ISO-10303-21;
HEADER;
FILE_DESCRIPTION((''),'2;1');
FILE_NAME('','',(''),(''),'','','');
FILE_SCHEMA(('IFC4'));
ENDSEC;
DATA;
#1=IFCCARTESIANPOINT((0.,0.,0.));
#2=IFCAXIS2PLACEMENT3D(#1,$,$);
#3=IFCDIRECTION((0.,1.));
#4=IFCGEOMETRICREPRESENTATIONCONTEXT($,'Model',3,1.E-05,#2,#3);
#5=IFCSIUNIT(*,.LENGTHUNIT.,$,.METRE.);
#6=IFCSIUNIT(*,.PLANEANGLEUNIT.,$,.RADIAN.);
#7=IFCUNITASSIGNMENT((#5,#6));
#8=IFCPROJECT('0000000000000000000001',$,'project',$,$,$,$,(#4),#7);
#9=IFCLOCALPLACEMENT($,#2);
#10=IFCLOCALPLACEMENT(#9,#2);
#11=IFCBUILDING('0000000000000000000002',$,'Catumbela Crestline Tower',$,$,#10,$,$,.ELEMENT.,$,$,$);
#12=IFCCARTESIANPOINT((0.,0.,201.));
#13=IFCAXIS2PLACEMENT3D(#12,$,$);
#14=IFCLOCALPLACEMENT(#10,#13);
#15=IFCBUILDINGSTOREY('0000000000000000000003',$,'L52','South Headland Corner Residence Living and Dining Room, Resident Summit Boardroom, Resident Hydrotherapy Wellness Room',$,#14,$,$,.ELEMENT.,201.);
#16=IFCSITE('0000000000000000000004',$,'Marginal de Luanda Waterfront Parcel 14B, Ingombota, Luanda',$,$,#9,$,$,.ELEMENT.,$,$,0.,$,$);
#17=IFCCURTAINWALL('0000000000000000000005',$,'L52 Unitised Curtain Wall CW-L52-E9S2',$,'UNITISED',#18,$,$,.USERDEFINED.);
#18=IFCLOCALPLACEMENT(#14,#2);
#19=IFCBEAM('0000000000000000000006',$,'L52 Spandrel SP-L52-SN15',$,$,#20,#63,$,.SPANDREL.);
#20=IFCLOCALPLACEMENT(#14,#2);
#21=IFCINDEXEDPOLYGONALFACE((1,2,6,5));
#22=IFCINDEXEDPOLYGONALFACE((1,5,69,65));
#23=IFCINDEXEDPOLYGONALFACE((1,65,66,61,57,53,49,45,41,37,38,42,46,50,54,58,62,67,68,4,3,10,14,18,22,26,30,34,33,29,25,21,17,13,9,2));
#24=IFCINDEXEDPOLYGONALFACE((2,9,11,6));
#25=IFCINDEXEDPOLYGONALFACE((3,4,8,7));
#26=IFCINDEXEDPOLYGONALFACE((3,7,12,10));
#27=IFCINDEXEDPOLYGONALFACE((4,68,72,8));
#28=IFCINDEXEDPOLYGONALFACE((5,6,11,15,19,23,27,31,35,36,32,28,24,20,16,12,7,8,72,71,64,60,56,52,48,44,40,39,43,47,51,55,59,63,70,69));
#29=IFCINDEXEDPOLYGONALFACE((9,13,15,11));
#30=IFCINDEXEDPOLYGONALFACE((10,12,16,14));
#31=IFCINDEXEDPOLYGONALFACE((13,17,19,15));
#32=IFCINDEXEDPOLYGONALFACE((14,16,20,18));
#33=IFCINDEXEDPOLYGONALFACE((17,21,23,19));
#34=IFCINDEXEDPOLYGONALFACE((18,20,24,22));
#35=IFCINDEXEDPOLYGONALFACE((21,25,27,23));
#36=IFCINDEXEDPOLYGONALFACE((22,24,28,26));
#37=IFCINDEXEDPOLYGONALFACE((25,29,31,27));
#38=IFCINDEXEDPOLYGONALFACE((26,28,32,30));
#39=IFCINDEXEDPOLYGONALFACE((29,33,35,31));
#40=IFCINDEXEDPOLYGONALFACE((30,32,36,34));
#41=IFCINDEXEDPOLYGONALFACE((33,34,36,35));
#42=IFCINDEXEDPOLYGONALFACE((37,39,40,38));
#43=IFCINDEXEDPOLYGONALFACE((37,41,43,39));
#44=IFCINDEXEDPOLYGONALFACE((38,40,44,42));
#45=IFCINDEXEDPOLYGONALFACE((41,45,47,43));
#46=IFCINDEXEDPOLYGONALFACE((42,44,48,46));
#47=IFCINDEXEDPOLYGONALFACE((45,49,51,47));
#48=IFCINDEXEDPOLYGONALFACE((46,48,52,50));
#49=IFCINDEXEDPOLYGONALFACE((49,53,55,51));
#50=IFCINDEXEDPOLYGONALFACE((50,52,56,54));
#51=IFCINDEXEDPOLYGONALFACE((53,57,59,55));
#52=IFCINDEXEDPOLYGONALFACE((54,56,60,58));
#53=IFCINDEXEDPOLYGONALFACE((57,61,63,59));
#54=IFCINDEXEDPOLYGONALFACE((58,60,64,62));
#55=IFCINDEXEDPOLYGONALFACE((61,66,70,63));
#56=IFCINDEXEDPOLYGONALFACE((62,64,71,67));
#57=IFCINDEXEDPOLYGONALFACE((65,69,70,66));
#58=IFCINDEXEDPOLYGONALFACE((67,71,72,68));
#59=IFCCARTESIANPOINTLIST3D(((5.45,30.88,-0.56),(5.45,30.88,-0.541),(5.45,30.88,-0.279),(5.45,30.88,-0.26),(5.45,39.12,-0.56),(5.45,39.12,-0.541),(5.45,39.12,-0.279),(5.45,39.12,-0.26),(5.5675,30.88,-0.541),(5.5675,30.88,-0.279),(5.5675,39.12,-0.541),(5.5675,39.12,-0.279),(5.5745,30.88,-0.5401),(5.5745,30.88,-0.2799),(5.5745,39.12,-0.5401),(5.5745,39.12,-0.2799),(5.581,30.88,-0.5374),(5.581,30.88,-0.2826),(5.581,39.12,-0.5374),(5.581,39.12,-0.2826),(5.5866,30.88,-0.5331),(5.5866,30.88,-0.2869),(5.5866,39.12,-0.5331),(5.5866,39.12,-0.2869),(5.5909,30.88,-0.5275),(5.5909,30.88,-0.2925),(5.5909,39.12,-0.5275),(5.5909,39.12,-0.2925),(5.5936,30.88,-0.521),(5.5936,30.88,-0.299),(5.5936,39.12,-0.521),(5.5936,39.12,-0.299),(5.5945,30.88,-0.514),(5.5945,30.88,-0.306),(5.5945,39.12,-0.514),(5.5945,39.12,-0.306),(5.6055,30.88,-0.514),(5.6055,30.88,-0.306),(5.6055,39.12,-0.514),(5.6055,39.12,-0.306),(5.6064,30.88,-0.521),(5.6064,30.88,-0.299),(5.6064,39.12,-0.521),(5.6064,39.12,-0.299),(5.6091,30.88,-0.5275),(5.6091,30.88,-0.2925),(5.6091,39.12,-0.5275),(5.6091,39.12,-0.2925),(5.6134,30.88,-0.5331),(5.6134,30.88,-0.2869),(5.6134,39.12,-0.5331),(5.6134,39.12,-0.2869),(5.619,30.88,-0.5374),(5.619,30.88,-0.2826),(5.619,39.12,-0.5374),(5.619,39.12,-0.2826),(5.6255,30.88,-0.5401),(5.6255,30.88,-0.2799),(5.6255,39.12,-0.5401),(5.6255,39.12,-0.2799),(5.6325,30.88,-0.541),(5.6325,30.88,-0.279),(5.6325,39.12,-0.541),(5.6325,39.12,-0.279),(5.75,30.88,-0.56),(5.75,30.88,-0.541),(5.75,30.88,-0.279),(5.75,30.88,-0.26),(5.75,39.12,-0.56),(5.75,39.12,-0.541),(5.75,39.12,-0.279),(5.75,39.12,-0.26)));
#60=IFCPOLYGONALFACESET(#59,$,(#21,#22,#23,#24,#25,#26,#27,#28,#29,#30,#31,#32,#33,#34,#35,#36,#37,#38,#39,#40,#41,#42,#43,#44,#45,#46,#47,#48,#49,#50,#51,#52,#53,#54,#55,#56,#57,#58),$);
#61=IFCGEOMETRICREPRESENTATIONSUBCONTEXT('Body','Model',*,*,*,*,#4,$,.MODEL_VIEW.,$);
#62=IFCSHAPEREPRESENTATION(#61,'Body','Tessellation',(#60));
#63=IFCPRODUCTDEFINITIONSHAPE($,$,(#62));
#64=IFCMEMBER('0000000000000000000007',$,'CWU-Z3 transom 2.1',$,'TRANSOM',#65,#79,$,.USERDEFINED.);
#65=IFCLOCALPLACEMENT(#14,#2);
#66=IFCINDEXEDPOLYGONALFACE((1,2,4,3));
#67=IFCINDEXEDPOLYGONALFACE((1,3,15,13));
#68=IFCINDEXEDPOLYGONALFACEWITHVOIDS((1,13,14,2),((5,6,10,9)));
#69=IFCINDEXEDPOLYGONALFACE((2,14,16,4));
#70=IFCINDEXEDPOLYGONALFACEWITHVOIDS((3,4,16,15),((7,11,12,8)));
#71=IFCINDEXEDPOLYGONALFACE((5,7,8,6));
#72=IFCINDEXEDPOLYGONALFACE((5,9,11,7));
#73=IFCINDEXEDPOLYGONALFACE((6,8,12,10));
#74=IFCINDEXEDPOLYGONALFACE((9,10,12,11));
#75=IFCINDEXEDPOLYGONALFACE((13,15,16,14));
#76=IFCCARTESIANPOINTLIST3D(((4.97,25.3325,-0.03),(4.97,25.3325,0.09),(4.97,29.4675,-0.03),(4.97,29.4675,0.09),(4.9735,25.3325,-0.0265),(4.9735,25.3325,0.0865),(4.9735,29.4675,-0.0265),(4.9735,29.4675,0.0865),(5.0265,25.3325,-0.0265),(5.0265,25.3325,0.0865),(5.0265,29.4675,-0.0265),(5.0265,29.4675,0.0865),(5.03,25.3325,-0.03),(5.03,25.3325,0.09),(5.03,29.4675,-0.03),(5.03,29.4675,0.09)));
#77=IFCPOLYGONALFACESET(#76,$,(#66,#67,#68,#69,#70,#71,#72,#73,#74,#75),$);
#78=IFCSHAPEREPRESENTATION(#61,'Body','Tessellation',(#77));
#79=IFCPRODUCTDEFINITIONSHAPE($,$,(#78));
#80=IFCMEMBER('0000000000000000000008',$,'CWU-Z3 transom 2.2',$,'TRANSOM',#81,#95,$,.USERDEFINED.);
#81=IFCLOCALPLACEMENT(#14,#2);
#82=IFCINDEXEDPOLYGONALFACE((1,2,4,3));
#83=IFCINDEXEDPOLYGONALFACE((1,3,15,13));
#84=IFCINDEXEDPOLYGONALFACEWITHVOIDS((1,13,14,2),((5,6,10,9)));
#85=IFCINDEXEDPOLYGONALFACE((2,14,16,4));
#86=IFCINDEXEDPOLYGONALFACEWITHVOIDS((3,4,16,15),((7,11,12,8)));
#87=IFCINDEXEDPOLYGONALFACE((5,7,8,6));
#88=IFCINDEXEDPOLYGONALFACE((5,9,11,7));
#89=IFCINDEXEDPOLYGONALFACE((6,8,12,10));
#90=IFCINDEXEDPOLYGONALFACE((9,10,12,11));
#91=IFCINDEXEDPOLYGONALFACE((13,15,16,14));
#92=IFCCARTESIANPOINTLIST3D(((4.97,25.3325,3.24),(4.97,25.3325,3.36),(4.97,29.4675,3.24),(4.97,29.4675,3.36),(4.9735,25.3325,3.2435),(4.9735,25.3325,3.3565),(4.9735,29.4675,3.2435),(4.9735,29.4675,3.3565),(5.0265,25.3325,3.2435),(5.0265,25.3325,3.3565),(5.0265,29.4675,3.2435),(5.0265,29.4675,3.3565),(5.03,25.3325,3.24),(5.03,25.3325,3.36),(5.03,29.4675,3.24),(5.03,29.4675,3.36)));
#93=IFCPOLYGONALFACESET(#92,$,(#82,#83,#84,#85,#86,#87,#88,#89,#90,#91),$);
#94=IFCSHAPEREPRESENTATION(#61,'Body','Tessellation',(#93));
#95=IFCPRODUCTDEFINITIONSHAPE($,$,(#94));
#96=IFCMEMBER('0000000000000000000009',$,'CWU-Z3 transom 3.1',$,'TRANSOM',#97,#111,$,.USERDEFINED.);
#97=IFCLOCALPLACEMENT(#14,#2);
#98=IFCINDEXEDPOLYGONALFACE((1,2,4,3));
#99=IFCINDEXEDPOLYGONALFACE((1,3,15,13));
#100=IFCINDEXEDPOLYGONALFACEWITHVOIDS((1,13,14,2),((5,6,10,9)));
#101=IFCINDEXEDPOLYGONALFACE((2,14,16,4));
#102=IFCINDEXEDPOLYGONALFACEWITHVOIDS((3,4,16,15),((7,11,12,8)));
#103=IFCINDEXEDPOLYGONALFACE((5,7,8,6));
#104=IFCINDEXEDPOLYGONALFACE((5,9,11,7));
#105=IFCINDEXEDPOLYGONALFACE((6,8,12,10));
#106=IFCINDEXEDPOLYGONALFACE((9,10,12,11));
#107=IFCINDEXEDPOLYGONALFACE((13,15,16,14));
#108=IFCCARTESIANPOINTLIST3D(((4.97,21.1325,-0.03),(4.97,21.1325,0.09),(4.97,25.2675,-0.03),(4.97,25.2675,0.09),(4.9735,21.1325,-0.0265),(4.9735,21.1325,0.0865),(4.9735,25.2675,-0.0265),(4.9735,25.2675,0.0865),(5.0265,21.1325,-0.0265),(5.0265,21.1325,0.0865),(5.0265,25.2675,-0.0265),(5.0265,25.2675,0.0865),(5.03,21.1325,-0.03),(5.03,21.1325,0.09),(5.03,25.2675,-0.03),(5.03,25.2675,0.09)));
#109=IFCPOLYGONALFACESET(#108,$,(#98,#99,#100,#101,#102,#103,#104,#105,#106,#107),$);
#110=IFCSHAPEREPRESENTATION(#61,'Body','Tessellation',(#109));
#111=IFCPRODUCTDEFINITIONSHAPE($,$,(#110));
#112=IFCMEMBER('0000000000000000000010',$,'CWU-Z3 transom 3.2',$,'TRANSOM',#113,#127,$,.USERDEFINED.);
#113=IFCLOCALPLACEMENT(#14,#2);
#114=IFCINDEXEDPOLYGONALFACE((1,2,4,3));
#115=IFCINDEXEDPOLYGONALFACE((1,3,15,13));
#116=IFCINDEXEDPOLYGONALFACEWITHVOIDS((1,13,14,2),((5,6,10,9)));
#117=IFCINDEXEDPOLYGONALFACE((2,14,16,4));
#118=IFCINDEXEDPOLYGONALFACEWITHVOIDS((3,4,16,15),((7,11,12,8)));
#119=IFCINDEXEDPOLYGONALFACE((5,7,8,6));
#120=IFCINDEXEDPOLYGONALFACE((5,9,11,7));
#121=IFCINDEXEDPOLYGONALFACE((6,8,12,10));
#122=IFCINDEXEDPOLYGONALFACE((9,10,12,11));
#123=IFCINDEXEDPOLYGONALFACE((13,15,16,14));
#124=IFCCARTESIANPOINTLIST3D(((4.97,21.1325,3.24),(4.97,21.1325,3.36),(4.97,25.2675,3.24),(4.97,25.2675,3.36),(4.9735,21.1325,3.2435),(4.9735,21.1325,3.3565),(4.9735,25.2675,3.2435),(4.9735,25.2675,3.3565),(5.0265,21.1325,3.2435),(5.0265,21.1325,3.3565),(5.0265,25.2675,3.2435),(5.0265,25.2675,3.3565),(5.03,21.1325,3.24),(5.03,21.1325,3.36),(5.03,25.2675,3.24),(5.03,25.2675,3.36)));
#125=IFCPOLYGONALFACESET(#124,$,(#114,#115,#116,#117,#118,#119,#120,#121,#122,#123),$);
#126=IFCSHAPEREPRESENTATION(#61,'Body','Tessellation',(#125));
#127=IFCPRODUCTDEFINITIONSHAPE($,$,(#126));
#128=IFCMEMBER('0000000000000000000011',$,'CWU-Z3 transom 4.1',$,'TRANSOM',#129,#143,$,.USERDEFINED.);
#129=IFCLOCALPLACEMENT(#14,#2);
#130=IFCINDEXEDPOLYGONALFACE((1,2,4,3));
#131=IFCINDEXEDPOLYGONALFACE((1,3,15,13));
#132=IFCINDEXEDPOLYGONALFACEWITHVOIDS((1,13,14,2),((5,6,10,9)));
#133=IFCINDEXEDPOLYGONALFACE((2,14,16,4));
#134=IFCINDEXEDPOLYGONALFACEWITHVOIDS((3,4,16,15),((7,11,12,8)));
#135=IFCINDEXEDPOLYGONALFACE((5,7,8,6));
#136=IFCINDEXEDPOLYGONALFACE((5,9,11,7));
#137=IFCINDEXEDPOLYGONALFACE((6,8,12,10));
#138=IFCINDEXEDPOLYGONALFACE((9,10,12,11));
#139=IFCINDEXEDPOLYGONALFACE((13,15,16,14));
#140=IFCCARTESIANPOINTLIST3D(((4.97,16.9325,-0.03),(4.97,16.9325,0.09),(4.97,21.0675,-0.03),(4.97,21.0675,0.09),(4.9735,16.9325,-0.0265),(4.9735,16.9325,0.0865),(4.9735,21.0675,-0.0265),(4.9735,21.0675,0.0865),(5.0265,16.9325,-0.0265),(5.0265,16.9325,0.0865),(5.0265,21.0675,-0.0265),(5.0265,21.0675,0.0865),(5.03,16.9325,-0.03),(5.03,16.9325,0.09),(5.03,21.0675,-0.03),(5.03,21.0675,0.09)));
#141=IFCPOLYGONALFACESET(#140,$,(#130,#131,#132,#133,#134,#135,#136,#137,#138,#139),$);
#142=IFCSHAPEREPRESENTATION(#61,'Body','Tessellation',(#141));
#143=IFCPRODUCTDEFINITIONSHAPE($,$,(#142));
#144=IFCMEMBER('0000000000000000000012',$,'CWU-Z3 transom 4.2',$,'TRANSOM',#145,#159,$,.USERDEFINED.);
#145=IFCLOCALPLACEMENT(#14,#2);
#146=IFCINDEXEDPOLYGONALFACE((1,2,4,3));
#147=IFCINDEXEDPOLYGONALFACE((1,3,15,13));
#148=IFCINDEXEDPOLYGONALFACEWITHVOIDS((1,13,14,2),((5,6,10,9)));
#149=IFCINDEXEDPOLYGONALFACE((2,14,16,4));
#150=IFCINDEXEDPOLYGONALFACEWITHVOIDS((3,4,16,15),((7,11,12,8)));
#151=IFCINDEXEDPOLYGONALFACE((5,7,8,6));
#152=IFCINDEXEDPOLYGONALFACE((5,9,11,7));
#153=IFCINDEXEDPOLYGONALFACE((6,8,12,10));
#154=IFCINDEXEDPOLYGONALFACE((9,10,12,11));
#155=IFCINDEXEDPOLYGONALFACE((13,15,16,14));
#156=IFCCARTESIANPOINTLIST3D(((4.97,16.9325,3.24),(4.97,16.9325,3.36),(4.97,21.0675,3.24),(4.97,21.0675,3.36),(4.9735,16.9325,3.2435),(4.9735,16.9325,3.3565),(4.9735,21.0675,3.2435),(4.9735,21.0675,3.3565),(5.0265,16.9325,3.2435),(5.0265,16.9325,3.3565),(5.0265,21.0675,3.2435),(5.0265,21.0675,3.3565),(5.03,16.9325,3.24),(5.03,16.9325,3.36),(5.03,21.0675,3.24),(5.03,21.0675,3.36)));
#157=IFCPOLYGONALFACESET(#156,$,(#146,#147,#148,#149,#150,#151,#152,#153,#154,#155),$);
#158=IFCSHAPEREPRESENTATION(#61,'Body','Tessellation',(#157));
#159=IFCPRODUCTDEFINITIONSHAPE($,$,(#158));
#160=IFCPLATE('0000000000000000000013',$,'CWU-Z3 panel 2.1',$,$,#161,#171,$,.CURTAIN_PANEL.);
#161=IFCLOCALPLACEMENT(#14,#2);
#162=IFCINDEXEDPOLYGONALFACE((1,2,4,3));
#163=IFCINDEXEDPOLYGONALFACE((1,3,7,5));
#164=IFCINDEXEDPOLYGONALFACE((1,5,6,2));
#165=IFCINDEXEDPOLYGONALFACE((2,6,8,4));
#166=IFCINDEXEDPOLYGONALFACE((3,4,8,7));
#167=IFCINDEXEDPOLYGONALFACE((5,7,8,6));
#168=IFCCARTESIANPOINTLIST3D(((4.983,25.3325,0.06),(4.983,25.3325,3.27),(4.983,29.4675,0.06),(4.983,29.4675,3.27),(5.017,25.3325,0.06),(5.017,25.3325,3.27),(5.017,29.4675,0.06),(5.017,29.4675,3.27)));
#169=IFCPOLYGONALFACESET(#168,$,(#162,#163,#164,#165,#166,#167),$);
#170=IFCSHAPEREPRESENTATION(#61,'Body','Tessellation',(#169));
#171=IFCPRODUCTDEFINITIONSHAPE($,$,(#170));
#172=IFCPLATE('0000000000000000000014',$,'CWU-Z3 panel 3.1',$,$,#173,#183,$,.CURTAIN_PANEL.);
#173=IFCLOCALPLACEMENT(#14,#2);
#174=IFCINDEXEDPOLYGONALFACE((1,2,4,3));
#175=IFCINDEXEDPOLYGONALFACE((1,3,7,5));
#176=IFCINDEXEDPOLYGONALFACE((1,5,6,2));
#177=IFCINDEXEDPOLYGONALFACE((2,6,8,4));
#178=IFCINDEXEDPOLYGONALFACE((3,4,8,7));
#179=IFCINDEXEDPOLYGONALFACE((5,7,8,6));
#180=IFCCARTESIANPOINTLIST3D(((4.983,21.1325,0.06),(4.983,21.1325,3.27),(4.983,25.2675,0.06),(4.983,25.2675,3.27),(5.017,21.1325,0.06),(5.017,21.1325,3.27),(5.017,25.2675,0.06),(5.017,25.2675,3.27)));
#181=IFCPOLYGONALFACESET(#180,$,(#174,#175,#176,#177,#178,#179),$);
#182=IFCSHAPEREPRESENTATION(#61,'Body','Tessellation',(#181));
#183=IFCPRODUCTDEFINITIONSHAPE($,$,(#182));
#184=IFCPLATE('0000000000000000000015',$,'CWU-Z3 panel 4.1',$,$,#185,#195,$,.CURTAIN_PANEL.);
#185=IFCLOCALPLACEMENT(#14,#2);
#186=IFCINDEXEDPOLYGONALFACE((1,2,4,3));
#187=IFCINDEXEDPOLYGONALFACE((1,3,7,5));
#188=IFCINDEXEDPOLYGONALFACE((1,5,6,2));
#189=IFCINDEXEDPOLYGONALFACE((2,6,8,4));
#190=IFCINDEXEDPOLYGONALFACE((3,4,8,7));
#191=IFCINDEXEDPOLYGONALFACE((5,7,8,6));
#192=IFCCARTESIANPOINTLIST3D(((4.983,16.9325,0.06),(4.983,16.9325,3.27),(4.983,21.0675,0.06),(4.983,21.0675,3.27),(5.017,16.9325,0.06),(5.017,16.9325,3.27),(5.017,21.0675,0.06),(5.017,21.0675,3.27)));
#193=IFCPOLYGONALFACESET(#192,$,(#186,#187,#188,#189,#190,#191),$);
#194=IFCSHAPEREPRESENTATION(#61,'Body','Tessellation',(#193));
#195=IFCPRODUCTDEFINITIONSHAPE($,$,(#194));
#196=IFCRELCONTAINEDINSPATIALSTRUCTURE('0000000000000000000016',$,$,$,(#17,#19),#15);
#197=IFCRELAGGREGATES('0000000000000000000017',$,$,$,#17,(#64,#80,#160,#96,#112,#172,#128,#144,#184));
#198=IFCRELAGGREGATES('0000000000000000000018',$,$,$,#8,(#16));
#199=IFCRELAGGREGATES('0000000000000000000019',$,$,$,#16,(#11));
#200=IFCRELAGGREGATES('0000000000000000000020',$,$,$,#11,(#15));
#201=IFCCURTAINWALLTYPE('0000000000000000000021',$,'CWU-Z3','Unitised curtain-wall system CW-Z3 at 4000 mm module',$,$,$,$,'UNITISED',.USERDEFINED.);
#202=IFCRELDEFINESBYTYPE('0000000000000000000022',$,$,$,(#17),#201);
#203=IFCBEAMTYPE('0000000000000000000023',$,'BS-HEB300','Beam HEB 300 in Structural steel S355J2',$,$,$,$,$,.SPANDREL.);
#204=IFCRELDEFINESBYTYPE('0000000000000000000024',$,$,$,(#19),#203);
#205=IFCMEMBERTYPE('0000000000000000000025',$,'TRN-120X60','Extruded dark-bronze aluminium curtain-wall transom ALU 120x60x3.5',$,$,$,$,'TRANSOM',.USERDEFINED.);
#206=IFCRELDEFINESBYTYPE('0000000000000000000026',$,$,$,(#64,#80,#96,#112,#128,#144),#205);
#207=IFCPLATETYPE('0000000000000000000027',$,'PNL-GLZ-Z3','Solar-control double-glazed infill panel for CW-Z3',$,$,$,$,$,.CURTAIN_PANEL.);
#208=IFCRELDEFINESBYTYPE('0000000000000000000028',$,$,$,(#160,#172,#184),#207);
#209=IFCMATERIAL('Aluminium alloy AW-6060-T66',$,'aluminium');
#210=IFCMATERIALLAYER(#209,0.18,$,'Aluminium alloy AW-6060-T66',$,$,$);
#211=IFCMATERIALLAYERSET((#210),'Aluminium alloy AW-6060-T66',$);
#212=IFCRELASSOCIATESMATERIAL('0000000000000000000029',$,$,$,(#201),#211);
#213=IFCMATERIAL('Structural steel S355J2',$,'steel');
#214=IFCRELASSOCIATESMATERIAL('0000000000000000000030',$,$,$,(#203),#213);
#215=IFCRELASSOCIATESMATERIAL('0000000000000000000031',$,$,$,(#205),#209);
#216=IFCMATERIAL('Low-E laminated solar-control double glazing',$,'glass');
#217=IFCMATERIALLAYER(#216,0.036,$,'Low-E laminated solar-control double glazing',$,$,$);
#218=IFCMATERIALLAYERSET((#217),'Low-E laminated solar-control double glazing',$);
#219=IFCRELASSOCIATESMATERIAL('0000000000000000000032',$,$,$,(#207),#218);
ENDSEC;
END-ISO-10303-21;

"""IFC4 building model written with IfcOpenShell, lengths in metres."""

from ifc_helpers import new_model, si_unit, direction, frame, origin, origin_2d, place, context, subcontext, project, spatial, rectangle, hollow_rectangle, i_section, extrude, material, layer, layer_set, material_profile, profile_set, type_object, element, aggregate, save


model = new_model("IFC4")

# Units and contexts
model_context = context("Model", 3, precision=1e-05, world=origin(), true_north=direction((0.0, 1.0)))
body_context = subcontext(model_context, "Body", "Model", "MODEL_VIEW")
ifc_project = project(units=[si_unit("LENGTHUNIT", "METRE"), si_unit("PLANEANGLEUNIT", "RADIAN")], contexts=[model_context])

# Site, building, storey
site_placement = place(None, origin())
site = spatial("IfcSite", under=ifc_project, at=site_placement, Name="Marginal de Luanda Waterfront Parcel 14B, Ingombota, Luanda", CompositionType="ELEMENT", RefElevation=0.0)
building_placement = place(site_placement, origin())
building = spatial("IfcBuilding", under=site, at=building_placement, Name="Catumbela Crestline Tower", CompositionType="ELEMENT")
storey_placement = place(building_placement, frame((0.0, 0.0, 201.0)))
storey = spatial("IfcBuildingStorey", under=building, at=storey_placement, Name="L52", Description="South Headland Corner Residence Living and Dining Room, Resident Summit Boardroom, Resident Hydrotherapy Wellness Room", CompositionType="ELEMENT", Elevation=201.0)

# Shared definitions
ifc_material_1 = material(Name="Structural steel S355J2", Category="steel")

# Curtain wall
ifc_material_2 = material(Name="Aluminium alloy AW-6060-T66", Category="aluminium")
ifc_layer_1 = layer(ifc_material_2, 0.18, Name="Aluminium alloy AW-6060-T66")
ifc_layer_set_1 = layer_set([ifc_layer_1], Name="Aluminium alloy AW-6060-T66")
curtain_wall_type = type_object("IfcCurtainWallType", Name="CWU-Z3", Description="Unitised curtain-wall system CW-Z3 at 4000 mm module", ElementType="UNITISED", PredefinedType="USERDEFINED", material=ifc_layer_set_1)
curtain_wall_placement = place(storey_placement, origin())
curtain_wall = element("IfcCurtainWall", 1, at=curtain_wall_placement, inside=storey, type_object=curtain_wall_type, Name="L52 Unitised Curtain Wall CW-L52-E9S2", ObjectType="UNITISED", PredefinedType="USERDEFINED")

# Beam
ifc_material_profile_1 = material_profile(ifc_material_1, i_section(OverallWidth=0.3, OverallDepth=0.3, WebThickness=0.011, FlangeThickness=0.019, FilletRadius=0.027, at=origin_2d()), Name="HEB 300")
ifc_profile_set_1 = profile_set([ifc_material_profile_1], Name="Structural steel S355J2")
beam_type = type_object("IfcBeamType", Name="BS-HEB300", Description="Beam HEB 300 in Structural steel S355J2", PredefinedType="SPANDREL", material=ifc_profile_set_1)
beam_1_placement = place(storey_placement, frame((5.6, 30.88, -0.41), z_axis=(0.0, 1.0, 0.0), x_axis=(-1.0, 0.0, 0.0)))
element("IfcBeam", 2, at=beam_1_placement, inside=storey, type_object=beam_type, Name="L52 Spandrel SP-L52-SN15", PredefinedType="SPANDREL", context=body_context, shape_type="SweptSolid", body=[
    extrude(i_section(OverallWidth=0.3, OverallDepth=0.3, WebThickness=0.011, FlangeThickness=0.019, FilletRadius=0.027, at=origin_2d()), origin(), (0.0, 0.0, 1.0), 8.24),
])

# Members
ifc_material_profile_2 = material_profile(ifc_material_2, hollow_rectangle(XDim=0.06, YDim=0.12, WallThickness=0.0035, at=origin_2d()), Name="ALU 120x60x3.5")
ifc_profile_set_2 = profile_set([ifc_material_profile_2], Name="Aluminium alloy AW-6060-T66")
member_type_1 = type_object("IfcMemberType", Name="TRN-120X60", Description="Extruded dark-bronze aluminium curtain-wall transom ALU 120x60x3.5", ElementType="TRANSOM", PredefinedType="USERDEFINED", material=ifc_profile_set_2)
member_1_placement = place(storey_placement, frame((5.0, 29.4675, 0.03), z_axis=(0.0, -1.0, 0.0), x_axis=(1.0, 0.0, 0.0)))
member_1 = element("IfcMember", 3, at=member_1_placement, type_object=member_type_1, Name="CWU-Z3 transom 2.1", ObjectType="TRANSOM", PredefinedType="USERDEFINED", context=body_context, shape_type="SweptSolid", body=[
    extrude(hollow_rectangle(XDim=0.06, YDim=0.12, WallThickness=0.0035, at=origin_2d()), origin(), (0.0, 0.0, 1.0), 4.135),
])
member_2_placement = place(storey_placement, frame((5.0, 29.4675, 3.3), z_axis=(0.0, -1.0, 0.0), x_axis=(1.0, 0.0, 0.0)))
member_2 = element("IfcMember", 4, at=member_2_placement, type_object=member_type_1, Name="CWU-Z3 transom 2.2", ObjectType="TRANSOM", PredefinedType="USERDEFINED", context=body_context, shape_type="SweptSolid", body=[
    extrude(hollow_rectangle(XDim=0.06, YDim=0.12, WallThickness=0.0035, at=origin_2d()), origin(), (0.0, 0.0, 1.0), 4.135),
])
member_3_placement = place(storey_placement, frame((5.0, 25.2675, 0.03), z_axis=(0.0, -1.0, 0.0), x_axis=(1.0, 0.0, 0.0)))
member_3 = element("IfcMember", 5, at=member_3_placement, type_object=member_type_1, Name="CWU-Z3 transom 3.1", ObjectType="TRANSOM", PredefinedType="USERDEFINED", context=body_context, shape_type="SweptSolid", body=[
    extrude(hollow_rectangle(XDim=0.06, YDim=0.12, WallThickness=0.0035, at=origin_2d()), origin(), (0.0, 0.0, 1.0), 4.135),
])
member_4_placement = place(storey_placement, frame((5.0, 25.2675, 3.3), z_axis=(0.0, -1.0, 0.0), x_axis=(1.0, 0.0, 0.0)))
member_4 = element("IfcMember", 6, at=member_4_placement, type_object=member_type_1, Name="CWU-Z3 transom 3.2", ObjectType="TRANSOM", PredefinedType="USERDEFINED", context=body_context, shape_type="SweptSolid", body=[
    extrude(hollow_rectangle(XDim=0.06, YDim=0.12, WallThickness=0.0035, at=origin_2d()), origin(), (0.0, 0.0, 1.0), 4.135),
])
member_5_placement = place(storey_placement, frame((5.0, 21.0675, 0.03), z_axis=(0.0, -1.0, 0.0), x_axis=(1.0, 0.0, 0.0)))
member_5 = element("IfcMember", 7, at=member_5_placement, type_object=member_type_1, Name="CWU-Z3 transom 4.1", ObjectType="TRANSOM", PredefinedType="USERDEFINED", context=body_context, shape_type="SweptSolid", body=[
    extrude(hollow_rectangle(XDim=0.06, YDim=0.12, WallThickness=0.0035, at=origin_2d()), origin(), (0.0, 0.0, 1.0), 4.135),
])
member_6_placement = place(storey_placement, frame((5.0, 21.0675, 3.3), z_axis=(0.0, -1.0, 0.0), x_axis=(1.0, 0.0, 0.0)))
member_6 = element("IfcMember", 8, at=member_6_placement, type_object=member_type_1, Name="CWU-Z3 transom 4.2", ObjectType="TRANSOM", PredefinedType="USERDEFINED", context=body_context, shape_type="SweptSolid", body=[
    extrude(hollow_rectangle(XDim=0.06, YDim=0.12, WallThickness=0.0035, at=origin_2d()), origin(), (0.0, 0.0, 1.0), 4.135),
])

# Plates
ifc_material_3 = material(Name="Low-E laminated solar-control double glazing", Category="glass")
ifc_layer_2 = layer(ifc_material_3, 0.036, Name="Low-E laminated solar-control double glazing")
ifc_layer_set_2 = layer_set([ifc_layer_2], Name="Low-E laminated solar-control double glazing")
plate_type = type_object("IfcPlateType", Name="PNL-GLZ-Z3", Description="Solar-control double-glazed infill panel for CW-Z3", PredefinedType="CURTAIN_PANEL", material=ifc_layer_set_2)
plate_1_placement = place(storey_placement, frame((5.0, 27.4, 0.06), z_axis=(0.0, 0.0, 1.0), x_axis=(0.0, -1.0, 0.0)))
plate_1 = element("IfcPlate", 9, at=plate_1_placement, type_object=plate_type, Name="CWU-Z3 panel 2.1", PredefinedType="CURTAIN_PANEL", context=body_context, shape_type="SweptSolid", body=[
    extrude(rectangle(XDim=4.135, YDim=0.034, at=origin_2d()), origin(), (0.0, 0.0, 1.0), 3.21),
])
plate_2_placement = place(storey_placement, frame((5.0, 23.2, 0.06), z_axis=(0.0, 0.0, 1.0), x_axis=(0.0, -1.0, 0.0)))
plate_2 = element("IfcPlate", 10, at=plate_2_placement, type_object=plate_type, Name="CWU-Z3 panel 3.1", PredefinedType="CURTAIN_PANEL", context=body_context, shape_type="SweptSolid", body=[
    extrude(rectangle(XDim=4.135, YDim=0.034, at=origin_2d()), origin(), (0.0, 0.0, 1.0), 3.21),
])
plate_3_placement = place(storey_placement, frame((5.0, 19.0, 0.06), z_axis=(0.0, 0.0, 1.0), x_axis=(0.0, -1.0, 0.0)))
plate_3 = element("IfcPlate", 11, at=plate_3_placement, type_object=plate_type, Name="CWU-Z3 panel 4.1", PredefinedType="CURTAIN_PANEL", context=body_context, shape_type="SweptSolid", body=[
    extrude(rectangle(XDim=4.135, YDim=0.034, at=origin_2d()), origin(), (0.0, 0.0, 1.0), 3.21),
])
aggregate(curtain_wall, [member_1, member_2, plate_1, member_3, member_4, plate_2, member_5, member_6, plate_3])

save(model, "model.ifc")
